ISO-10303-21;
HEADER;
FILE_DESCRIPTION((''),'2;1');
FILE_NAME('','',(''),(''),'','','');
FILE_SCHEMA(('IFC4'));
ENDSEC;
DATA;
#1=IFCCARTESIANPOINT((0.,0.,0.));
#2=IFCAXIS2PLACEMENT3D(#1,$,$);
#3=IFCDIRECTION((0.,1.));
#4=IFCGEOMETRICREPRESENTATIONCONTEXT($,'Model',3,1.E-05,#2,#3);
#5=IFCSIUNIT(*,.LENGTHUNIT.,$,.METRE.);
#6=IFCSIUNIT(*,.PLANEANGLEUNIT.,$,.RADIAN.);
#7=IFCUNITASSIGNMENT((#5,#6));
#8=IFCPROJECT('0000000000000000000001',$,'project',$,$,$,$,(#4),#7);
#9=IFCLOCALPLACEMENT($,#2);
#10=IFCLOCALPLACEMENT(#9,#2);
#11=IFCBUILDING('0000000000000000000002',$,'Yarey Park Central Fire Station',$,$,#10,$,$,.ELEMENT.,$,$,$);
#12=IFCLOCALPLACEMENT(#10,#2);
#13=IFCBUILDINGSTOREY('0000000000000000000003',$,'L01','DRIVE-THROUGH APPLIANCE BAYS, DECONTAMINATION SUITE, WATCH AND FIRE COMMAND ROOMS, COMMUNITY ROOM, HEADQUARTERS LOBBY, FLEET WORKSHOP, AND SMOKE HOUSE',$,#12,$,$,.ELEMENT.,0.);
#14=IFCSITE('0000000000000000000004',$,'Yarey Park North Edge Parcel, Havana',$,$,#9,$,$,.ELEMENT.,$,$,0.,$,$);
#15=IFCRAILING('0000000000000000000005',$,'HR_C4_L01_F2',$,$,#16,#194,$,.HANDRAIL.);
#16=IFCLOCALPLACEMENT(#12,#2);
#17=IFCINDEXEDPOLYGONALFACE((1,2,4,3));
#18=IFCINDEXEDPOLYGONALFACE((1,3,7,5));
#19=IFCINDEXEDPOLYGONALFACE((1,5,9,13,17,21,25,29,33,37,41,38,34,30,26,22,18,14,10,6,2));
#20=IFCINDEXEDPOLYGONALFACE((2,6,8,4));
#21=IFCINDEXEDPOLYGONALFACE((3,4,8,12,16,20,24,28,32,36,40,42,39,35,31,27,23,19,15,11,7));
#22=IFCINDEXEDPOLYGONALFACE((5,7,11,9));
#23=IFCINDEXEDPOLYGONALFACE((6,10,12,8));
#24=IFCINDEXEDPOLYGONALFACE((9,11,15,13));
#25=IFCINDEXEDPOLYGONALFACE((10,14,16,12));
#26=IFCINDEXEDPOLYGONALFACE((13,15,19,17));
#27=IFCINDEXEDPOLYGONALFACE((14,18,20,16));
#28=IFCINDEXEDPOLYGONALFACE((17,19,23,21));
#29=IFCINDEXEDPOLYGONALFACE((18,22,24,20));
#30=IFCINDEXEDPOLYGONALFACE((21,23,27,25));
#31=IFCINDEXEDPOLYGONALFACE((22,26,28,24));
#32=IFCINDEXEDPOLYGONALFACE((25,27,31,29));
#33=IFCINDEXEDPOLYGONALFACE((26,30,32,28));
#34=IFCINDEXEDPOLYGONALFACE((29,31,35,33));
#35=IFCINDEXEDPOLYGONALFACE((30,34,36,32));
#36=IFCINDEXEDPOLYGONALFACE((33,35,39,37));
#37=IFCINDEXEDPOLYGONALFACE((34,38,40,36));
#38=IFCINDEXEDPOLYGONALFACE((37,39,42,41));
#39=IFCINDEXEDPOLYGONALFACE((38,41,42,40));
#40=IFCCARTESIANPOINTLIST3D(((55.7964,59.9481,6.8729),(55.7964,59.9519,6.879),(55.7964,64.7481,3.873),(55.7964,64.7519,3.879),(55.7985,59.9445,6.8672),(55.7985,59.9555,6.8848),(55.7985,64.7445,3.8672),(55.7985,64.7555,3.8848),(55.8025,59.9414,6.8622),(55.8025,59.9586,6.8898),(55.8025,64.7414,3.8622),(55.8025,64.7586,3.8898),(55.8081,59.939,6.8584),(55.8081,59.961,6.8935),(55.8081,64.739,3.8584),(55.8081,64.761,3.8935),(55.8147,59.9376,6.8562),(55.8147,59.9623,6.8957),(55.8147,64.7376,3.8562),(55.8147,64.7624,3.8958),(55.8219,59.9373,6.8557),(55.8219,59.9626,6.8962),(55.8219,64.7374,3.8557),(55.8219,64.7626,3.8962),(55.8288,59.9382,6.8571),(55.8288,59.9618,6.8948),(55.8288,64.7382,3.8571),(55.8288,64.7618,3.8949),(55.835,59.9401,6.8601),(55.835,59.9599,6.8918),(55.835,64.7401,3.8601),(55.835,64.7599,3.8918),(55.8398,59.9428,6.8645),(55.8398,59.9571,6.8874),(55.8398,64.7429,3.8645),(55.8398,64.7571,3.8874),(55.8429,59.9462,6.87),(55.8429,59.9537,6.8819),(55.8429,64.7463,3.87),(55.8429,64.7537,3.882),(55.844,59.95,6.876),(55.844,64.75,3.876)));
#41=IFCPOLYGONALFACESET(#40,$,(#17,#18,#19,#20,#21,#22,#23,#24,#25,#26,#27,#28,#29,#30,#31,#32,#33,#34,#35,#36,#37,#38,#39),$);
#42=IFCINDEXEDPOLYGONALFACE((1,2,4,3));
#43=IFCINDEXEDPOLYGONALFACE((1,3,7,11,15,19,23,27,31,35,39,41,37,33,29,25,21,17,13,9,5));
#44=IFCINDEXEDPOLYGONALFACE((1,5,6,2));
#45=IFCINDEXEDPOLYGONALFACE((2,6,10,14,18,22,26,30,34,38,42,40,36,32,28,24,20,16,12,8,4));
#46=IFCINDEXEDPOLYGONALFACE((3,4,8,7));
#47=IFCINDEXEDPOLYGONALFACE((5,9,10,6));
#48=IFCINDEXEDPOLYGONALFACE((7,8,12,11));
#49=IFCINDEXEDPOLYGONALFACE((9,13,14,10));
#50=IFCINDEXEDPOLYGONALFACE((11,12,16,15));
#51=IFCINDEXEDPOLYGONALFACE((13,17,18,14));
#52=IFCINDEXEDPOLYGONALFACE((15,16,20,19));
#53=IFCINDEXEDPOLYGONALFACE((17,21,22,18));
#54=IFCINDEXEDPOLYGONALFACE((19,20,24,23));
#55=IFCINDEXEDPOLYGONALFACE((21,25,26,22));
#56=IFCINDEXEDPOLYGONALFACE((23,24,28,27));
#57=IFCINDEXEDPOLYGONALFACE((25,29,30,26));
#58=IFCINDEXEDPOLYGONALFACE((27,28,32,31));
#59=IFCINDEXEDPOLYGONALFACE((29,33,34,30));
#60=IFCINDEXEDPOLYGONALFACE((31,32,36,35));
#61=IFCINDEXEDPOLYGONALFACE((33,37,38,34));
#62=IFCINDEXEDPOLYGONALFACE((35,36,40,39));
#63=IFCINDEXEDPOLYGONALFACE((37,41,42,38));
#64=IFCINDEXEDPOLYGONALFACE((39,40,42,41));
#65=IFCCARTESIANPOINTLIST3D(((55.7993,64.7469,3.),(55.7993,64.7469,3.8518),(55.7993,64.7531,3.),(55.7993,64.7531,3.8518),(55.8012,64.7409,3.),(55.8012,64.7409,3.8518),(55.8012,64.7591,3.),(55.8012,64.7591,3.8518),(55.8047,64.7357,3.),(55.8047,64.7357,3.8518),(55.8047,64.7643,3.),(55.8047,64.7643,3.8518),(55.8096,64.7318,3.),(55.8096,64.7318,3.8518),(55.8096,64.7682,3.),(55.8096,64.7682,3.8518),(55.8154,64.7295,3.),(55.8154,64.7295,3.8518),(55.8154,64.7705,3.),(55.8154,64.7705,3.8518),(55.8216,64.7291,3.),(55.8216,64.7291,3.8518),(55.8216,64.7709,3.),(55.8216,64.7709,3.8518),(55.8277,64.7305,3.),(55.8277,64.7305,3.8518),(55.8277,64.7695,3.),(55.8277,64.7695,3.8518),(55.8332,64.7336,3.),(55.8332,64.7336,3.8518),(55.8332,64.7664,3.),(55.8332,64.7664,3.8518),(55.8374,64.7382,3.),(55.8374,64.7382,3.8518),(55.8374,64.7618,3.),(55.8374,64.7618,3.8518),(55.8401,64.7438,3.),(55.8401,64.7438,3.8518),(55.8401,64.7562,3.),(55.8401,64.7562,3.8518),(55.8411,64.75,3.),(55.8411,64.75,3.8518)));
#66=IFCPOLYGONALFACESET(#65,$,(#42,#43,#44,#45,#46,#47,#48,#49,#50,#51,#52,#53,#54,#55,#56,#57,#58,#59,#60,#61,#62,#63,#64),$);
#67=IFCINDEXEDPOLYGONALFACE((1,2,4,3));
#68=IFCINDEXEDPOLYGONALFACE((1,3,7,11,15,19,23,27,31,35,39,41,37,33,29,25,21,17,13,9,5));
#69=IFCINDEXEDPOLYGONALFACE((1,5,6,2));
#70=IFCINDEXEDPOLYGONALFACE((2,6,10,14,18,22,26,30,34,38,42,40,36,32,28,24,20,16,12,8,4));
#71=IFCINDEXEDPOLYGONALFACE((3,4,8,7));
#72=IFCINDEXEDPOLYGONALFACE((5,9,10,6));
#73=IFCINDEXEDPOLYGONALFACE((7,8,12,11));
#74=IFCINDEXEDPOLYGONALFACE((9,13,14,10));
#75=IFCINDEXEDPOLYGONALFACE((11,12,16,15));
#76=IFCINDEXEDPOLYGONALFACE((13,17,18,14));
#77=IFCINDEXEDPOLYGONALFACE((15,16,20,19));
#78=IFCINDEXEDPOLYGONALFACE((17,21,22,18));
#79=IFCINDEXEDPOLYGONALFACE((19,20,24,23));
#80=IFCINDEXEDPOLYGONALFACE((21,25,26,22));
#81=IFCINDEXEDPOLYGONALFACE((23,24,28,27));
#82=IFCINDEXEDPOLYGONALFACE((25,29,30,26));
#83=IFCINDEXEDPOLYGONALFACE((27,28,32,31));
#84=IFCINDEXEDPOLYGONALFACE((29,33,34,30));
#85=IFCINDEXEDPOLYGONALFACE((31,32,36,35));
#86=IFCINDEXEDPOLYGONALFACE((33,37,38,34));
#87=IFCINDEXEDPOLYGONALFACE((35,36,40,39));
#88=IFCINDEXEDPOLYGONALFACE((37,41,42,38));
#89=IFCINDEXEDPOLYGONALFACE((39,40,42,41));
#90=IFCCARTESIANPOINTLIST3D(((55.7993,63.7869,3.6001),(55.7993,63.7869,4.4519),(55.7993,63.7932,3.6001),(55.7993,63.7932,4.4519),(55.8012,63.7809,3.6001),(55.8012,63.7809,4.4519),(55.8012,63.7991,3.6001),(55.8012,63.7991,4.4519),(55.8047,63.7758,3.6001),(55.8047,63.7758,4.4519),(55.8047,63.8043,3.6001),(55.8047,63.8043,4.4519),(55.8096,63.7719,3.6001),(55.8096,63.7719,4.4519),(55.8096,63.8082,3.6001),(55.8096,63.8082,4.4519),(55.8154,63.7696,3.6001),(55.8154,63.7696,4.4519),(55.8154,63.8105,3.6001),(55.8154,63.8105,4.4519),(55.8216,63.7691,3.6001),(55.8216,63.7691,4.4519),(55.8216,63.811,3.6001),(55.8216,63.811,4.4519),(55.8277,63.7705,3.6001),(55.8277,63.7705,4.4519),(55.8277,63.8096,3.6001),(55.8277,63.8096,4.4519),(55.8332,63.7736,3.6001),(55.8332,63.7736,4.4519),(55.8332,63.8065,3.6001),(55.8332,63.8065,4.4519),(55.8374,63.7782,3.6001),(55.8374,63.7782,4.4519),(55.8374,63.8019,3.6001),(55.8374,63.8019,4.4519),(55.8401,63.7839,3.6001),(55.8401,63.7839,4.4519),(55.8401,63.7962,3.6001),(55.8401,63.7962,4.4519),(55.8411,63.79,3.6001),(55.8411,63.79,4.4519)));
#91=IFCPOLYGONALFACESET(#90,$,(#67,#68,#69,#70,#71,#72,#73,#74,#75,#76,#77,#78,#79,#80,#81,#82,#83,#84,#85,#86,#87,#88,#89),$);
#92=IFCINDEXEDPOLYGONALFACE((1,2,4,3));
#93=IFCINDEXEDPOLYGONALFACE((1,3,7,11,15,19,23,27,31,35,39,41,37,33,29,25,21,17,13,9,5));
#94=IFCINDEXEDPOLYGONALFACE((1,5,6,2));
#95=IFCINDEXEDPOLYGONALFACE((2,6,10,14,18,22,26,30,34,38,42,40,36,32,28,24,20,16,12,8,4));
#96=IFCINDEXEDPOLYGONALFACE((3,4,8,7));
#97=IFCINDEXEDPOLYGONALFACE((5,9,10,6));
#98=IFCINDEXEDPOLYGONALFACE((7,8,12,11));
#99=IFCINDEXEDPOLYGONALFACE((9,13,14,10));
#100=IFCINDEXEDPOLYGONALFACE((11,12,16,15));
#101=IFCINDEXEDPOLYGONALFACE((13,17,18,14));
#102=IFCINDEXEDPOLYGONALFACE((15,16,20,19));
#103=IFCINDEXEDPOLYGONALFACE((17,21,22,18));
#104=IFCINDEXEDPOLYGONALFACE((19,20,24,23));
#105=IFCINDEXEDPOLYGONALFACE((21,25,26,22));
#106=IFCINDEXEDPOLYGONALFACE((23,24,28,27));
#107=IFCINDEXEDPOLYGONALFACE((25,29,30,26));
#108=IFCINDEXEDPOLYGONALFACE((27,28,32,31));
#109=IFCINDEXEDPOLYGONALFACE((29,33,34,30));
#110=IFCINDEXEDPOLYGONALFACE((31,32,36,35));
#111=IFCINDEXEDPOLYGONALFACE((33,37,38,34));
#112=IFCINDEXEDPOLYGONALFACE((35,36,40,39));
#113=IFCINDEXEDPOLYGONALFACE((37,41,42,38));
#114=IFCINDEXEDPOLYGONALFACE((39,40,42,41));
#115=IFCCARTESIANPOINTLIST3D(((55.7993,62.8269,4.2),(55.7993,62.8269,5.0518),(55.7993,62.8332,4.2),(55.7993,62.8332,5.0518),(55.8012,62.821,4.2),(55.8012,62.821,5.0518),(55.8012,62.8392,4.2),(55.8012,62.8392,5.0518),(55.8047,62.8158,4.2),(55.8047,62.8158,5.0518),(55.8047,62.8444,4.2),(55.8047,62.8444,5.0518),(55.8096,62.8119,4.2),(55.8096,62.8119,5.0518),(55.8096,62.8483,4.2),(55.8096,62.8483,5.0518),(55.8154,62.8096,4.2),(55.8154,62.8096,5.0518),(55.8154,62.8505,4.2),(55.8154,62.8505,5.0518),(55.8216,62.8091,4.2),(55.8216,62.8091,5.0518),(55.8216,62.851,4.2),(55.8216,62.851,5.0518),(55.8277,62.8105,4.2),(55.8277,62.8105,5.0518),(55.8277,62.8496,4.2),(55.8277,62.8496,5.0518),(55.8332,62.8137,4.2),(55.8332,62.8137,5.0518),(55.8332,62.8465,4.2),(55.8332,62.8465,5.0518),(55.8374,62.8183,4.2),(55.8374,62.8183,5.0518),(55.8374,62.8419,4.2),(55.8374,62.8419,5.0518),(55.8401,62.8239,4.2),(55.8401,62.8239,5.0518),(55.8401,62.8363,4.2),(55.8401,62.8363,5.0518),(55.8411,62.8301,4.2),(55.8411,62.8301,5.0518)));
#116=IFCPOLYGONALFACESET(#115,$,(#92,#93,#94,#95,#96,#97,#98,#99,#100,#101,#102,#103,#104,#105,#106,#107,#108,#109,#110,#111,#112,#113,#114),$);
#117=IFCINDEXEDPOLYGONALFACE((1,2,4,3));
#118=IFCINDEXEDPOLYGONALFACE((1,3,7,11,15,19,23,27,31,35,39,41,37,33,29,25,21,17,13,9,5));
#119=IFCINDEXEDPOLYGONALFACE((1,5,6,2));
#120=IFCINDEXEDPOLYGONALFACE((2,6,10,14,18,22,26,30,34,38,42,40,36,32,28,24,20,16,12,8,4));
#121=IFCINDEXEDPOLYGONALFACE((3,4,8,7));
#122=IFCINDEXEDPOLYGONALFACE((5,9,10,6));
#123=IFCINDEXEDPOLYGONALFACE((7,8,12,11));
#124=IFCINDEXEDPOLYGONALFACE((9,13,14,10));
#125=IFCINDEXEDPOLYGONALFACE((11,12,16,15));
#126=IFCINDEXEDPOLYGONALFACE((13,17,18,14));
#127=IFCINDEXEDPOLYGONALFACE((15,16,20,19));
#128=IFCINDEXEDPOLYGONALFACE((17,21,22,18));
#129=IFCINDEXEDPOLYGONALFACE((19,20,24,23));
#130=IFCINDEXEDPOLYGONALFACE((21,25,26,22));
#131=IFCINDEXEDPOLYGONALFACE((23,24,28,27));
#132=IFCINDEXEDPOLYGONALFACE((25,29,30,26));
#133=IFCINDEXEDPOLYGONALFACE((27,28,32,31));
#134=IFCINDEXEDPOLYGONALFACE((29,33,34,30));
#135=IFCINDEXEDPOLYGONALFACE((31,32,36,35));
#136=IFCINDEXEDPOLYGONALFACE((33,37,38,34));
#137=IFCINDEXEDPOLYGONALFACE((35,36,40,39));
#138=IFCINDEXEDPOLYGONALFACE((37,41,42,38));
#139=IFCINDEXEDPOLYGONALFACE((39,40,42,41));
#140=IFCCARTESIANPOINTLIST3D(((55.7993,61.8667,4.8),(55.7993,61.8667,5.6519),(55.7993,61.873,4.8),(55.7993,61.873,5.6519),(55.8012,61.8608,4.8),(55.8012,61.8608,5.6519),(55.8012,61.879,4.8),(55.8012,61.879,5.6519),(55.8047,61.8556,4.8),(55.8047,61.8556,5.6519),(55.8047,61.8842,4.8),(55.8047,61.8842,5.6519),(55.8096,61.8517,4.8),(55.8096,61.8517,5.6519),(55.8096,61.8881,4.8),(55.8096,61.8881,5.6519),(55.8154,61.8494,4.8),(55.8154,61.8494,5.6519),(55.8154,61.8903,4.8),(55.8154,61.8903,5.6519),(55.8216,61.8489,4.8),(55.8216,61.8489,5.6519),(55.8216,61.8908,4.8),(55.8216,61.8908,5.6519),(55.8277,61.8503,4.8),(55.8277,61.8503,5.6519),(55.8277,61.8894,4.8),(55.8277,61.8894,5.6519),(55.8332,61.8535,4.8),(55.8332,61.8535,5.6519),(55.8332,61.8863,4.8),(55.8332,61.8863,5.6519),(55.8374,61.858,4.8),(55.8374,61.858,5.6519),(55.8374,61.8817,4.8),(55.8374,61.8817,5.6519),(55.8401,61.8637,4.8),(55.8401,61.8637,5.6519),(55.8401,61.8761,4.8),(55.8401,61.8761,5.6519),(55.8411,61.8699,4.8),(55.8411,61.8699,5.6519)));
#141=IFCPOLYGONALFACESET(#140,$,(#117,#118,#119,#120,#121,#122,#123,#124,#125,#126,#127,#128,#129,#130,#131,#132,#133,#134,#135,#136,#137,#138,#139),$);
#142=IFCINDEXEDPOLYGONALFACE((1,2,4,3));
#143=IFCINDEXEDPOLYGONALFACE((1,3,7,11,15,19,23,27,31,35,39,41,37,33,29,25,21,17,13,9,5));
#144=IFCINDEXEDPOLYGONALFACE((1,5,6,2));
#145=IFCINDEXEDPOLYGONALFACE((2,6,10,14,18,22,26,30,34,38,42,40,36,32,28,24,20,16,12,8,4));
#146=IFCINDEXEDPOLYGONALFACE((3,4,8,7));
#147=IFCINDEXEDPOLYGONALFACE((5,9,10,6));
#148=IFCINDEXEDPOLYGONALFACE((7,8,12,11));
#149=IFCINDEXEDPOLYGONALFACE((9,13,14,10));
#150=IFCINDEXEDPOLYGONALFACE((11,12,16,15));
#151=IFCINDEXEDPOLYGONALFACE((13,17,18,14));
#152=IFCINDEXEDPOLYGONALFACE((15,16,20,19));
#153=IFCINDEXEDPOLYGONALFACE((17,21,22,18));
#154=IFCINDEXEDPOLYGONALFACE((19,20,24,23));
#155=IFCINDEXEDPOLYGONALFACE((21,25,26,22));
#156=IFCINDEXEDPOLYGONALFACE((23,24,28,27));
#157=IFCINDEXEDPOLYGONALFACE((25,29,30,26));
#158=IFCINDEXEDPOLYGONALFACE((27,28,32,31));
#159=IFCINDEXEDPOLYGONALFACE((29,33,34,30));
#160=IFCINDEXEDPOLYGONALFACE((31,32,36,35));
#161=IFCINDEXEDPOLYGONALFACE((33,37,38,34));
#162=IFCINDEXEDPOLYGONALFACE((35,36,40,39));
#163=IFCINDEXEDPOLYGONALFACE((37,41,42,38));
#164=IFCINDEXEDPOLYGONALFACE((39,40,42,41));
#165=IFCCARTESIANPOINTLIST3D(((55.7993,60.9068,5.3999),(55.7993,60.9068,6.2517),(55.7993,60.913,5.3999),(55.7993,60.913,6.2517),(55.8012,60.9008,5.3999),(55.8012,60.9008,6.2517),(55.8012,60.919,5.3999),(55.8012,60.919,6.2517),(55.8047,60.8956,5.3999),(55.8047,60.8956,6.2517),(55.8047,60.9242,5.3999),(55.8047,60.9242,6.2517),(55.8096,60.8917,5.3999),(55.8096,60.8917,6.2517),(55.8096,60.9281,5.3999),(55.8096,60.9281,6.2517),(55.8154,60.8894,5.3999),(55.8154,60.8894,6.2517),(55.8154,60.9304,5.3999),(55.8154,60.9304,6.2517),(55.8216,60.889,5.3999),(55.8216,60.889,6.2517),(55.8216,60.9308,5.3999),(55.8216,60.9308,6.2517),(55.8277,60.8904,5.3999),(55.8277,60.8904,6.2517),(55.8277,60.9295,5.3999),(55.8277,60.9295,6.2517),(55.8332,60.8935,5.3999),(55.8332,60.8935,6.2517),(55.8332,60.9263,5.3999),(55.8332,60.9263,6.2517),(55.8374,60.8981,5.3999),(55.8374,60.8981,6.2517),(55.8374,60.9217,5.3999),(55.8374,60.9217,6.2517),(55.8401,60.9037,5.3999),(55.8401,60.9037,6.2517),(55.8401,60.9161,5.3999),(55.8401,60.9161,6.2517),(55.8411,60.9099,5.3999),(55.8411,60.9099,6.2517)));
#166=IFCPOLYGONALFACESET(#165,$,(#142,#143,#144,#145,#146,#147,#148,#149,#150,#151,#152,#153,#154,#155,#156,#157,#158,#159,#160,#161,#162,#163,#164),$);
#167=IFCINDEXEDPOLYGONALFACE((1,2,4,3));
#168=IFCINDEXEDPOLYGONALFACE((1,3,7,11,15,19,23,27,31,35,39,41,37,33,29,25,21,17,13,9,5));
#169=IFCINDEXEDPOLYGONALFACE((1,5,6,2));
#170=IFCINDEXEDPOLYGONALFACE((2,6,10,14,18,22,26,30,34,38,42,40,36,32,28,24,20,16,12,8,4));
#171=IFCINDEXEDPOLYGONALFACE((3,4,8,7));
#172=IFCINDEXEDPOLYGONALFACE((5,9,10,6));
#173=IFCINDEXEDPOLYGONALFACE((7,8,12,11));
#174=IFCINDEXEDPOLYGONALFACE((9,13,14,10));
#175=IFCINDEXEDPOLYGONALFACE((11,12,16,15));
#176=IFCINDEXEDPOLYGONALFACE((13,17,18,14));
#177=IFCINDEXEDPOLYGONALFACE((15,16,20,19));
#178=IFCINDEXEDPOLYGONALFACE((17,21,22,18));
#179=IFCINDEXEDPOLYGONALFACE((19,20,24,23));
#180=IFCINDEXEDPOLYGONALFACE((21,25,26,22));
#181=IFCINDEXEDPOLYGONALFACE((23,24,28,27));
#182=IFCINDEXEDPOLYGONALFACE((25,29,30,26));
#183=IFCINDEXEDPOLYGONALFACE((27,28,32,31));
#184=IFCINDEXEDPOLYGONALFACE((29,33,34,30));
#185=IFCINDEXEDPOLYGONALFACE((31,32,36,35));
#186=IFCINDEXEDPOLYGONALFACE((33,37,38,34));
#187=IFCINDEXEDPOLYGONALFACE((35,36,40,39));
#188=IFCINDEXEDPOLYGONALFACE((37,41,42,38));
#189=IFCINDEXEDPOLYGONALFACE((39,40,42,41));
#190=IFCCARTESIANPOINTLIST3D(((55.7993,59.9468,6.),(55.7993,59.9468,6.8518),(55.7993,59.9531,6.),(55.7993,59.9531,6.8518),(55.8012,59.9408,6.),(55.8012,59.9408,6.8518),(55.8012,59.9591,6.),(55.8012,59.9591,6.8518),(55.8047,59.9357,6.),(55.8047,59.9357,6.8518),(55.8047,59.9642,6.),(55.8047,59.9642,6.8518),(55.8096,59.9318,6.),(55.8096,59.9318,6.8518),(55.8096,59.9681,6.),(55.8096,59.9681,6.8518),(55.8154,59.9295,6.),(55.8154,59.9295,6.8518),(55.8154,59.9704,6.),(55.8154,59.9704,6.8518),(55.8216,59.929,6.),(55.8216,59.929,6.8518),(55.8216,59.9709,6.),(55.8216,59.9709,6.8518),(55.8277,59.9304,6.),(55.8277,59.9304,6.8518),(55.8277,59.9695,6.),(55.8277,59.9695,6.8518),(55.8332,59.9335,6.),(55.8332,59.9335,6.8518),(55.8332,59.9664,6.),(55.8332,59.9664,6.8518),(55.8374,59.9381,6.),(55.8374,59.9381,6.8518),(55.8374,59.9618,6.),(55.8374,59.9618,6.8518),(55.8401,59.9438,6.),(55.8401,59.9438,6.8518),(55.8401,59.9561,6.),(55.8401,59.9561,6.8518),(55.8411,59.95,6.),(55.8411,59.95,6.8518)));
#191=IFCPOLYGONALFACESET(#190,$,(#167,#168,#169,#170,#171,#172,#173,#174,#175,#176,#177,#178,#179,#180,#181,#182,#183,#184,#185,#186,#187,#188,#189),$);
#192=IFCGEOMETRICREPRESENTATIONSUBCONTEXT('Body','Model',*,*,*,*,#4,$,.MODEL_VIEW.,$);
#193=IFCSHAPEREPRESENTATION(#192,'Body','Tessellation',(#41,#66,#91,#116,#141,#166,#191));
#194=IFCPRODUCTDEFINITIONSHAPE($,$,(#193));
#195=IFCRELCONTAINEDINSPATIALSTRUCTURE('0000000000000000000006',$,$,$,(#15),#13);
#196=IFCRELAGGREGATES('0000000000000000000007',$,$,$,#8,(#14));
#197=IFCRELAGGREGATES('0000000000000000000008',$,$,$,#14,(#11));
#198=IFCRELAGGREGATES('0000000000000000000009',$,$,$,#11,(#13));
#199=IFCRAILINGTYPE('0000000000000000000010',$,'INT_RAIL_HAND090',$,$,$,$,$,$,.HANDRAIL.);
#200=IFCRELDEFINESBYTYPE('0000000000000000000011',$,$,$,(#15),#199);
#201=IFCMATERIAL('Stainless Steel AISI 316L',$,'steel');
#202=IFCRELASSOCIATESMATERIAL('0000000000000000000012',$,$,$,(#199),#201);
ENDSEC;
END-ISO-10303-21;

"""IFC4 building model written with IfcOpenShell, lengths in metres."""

from ifc_helpers import new_model, si_unit, direction, frame, origin, origin_2d, place, context, subcontext, project, spatial, circle, extrude, material, type_object, element, save


model = new_model("IFC4")

# Units and contexts
model_context = context("Model", 3, precision=1e-05, world=origin(), true_north=direction((0.0, 1.0)))
body_context = subcontext(model_context, "Body", "Model", "MODEL_VIEW")
ifc_project = project(units=[si_unit("LENGTHUNIT", "METRE"), si_unit("PLANEANGLEUNIT", "RADIAN")], contexts=[model_context])

# Site, building, storey
site_placement = place(None, origin())
site = spatial("IfcSite", under=ifc_project, at=site_placement, Name="Yarey Park North Edge Parcel, Havana", CompositionType="ELEMENT", RefElevation=0.0)
building_placement = place(site_placement, origin())
building = spatial("IfcBuilding", under=site, at=building_placement, Name="Yarey Park Central Fire Station", CompositionType="ELEMENT")
storey_placement = place(building_placement, origin())
storey = spatial("IfcBuildingStorey", under=building, at=storey_placement, Name="L01", Description="DRIVE-THROUGH APPLIANCE BAYS, DECONTAMINATION SUITE, WATCH AND FIRE COMMAND ROOMS, COMMUNITY ROOM, HEADQUARTERS LOBBY, FLEET WORKSHOP, AND SMOKE HOUSE", CompositionType="ELEMENT", Elevation=0.0)

# Railing
ifc_material_1 = material(Name="Stainless Steel AISI 316L", Category="steel")
railing_type_1 = type_object("IfcRailingType", Name="INT_RAIL_HAND090", PredefinedType="HANDRAIL", material=ifc_material_1)
railing_1_placement = place(storey_placement, frame((55.8201, 64.75, 3.0)))
element("IfcRailing", 1, at=railing_1_placement, inside=storey, type_object=railing_type_1, Name="HR_C4_L01_F2", PredefinedType="HANDRAIL", context=body_context, shape_type="SweptSolid", body=[
    extrude(circle(Radius=0.0239, at=origin_2d()), frame((0.0, 0.0, 0.876), z_axis=(0.0, -0.848001, 0.529995), x_axis=(1.0, 0.0, 0.0)), (0.0, 0.0, 1.0), 5.6604),
    extrude(circle(Radius=0.021, at=origin_2d()), origin(), (0.0, 0.0, 1.0), 0.8518),
    extrude(circle(Radius=0.021, at=origin_2d()), frame((0.0, -0.96, 0.6001)), (0.0, 0.0, 1.0), 0.8518),
    extrude(circle(Radius=0.021, at=origin_2d()), frame((0.0, -1.9199, 1.2)), (0.0, 0.0, 1.0), 0.8518),
    extrude(circle(Radius=0.021, at=origin_2d()), frame((0.0, -2.8801, 1.8)), (0.0, 0.0, 1.0), 0.8518),
    extrude(circle(Radius=0.021, at=origin_2d()), frame((0.0, -3.8401, 2.3999)), (0.0, 0.0, 1.0), 0.8518),
    extrude(circle(Radius=0.021, at=origin_2d()), frame((0.0, -4.8, 3.0)), (0.0, 0.0, 1.0), 0.8518),
])

save(model, "model.ifc")
